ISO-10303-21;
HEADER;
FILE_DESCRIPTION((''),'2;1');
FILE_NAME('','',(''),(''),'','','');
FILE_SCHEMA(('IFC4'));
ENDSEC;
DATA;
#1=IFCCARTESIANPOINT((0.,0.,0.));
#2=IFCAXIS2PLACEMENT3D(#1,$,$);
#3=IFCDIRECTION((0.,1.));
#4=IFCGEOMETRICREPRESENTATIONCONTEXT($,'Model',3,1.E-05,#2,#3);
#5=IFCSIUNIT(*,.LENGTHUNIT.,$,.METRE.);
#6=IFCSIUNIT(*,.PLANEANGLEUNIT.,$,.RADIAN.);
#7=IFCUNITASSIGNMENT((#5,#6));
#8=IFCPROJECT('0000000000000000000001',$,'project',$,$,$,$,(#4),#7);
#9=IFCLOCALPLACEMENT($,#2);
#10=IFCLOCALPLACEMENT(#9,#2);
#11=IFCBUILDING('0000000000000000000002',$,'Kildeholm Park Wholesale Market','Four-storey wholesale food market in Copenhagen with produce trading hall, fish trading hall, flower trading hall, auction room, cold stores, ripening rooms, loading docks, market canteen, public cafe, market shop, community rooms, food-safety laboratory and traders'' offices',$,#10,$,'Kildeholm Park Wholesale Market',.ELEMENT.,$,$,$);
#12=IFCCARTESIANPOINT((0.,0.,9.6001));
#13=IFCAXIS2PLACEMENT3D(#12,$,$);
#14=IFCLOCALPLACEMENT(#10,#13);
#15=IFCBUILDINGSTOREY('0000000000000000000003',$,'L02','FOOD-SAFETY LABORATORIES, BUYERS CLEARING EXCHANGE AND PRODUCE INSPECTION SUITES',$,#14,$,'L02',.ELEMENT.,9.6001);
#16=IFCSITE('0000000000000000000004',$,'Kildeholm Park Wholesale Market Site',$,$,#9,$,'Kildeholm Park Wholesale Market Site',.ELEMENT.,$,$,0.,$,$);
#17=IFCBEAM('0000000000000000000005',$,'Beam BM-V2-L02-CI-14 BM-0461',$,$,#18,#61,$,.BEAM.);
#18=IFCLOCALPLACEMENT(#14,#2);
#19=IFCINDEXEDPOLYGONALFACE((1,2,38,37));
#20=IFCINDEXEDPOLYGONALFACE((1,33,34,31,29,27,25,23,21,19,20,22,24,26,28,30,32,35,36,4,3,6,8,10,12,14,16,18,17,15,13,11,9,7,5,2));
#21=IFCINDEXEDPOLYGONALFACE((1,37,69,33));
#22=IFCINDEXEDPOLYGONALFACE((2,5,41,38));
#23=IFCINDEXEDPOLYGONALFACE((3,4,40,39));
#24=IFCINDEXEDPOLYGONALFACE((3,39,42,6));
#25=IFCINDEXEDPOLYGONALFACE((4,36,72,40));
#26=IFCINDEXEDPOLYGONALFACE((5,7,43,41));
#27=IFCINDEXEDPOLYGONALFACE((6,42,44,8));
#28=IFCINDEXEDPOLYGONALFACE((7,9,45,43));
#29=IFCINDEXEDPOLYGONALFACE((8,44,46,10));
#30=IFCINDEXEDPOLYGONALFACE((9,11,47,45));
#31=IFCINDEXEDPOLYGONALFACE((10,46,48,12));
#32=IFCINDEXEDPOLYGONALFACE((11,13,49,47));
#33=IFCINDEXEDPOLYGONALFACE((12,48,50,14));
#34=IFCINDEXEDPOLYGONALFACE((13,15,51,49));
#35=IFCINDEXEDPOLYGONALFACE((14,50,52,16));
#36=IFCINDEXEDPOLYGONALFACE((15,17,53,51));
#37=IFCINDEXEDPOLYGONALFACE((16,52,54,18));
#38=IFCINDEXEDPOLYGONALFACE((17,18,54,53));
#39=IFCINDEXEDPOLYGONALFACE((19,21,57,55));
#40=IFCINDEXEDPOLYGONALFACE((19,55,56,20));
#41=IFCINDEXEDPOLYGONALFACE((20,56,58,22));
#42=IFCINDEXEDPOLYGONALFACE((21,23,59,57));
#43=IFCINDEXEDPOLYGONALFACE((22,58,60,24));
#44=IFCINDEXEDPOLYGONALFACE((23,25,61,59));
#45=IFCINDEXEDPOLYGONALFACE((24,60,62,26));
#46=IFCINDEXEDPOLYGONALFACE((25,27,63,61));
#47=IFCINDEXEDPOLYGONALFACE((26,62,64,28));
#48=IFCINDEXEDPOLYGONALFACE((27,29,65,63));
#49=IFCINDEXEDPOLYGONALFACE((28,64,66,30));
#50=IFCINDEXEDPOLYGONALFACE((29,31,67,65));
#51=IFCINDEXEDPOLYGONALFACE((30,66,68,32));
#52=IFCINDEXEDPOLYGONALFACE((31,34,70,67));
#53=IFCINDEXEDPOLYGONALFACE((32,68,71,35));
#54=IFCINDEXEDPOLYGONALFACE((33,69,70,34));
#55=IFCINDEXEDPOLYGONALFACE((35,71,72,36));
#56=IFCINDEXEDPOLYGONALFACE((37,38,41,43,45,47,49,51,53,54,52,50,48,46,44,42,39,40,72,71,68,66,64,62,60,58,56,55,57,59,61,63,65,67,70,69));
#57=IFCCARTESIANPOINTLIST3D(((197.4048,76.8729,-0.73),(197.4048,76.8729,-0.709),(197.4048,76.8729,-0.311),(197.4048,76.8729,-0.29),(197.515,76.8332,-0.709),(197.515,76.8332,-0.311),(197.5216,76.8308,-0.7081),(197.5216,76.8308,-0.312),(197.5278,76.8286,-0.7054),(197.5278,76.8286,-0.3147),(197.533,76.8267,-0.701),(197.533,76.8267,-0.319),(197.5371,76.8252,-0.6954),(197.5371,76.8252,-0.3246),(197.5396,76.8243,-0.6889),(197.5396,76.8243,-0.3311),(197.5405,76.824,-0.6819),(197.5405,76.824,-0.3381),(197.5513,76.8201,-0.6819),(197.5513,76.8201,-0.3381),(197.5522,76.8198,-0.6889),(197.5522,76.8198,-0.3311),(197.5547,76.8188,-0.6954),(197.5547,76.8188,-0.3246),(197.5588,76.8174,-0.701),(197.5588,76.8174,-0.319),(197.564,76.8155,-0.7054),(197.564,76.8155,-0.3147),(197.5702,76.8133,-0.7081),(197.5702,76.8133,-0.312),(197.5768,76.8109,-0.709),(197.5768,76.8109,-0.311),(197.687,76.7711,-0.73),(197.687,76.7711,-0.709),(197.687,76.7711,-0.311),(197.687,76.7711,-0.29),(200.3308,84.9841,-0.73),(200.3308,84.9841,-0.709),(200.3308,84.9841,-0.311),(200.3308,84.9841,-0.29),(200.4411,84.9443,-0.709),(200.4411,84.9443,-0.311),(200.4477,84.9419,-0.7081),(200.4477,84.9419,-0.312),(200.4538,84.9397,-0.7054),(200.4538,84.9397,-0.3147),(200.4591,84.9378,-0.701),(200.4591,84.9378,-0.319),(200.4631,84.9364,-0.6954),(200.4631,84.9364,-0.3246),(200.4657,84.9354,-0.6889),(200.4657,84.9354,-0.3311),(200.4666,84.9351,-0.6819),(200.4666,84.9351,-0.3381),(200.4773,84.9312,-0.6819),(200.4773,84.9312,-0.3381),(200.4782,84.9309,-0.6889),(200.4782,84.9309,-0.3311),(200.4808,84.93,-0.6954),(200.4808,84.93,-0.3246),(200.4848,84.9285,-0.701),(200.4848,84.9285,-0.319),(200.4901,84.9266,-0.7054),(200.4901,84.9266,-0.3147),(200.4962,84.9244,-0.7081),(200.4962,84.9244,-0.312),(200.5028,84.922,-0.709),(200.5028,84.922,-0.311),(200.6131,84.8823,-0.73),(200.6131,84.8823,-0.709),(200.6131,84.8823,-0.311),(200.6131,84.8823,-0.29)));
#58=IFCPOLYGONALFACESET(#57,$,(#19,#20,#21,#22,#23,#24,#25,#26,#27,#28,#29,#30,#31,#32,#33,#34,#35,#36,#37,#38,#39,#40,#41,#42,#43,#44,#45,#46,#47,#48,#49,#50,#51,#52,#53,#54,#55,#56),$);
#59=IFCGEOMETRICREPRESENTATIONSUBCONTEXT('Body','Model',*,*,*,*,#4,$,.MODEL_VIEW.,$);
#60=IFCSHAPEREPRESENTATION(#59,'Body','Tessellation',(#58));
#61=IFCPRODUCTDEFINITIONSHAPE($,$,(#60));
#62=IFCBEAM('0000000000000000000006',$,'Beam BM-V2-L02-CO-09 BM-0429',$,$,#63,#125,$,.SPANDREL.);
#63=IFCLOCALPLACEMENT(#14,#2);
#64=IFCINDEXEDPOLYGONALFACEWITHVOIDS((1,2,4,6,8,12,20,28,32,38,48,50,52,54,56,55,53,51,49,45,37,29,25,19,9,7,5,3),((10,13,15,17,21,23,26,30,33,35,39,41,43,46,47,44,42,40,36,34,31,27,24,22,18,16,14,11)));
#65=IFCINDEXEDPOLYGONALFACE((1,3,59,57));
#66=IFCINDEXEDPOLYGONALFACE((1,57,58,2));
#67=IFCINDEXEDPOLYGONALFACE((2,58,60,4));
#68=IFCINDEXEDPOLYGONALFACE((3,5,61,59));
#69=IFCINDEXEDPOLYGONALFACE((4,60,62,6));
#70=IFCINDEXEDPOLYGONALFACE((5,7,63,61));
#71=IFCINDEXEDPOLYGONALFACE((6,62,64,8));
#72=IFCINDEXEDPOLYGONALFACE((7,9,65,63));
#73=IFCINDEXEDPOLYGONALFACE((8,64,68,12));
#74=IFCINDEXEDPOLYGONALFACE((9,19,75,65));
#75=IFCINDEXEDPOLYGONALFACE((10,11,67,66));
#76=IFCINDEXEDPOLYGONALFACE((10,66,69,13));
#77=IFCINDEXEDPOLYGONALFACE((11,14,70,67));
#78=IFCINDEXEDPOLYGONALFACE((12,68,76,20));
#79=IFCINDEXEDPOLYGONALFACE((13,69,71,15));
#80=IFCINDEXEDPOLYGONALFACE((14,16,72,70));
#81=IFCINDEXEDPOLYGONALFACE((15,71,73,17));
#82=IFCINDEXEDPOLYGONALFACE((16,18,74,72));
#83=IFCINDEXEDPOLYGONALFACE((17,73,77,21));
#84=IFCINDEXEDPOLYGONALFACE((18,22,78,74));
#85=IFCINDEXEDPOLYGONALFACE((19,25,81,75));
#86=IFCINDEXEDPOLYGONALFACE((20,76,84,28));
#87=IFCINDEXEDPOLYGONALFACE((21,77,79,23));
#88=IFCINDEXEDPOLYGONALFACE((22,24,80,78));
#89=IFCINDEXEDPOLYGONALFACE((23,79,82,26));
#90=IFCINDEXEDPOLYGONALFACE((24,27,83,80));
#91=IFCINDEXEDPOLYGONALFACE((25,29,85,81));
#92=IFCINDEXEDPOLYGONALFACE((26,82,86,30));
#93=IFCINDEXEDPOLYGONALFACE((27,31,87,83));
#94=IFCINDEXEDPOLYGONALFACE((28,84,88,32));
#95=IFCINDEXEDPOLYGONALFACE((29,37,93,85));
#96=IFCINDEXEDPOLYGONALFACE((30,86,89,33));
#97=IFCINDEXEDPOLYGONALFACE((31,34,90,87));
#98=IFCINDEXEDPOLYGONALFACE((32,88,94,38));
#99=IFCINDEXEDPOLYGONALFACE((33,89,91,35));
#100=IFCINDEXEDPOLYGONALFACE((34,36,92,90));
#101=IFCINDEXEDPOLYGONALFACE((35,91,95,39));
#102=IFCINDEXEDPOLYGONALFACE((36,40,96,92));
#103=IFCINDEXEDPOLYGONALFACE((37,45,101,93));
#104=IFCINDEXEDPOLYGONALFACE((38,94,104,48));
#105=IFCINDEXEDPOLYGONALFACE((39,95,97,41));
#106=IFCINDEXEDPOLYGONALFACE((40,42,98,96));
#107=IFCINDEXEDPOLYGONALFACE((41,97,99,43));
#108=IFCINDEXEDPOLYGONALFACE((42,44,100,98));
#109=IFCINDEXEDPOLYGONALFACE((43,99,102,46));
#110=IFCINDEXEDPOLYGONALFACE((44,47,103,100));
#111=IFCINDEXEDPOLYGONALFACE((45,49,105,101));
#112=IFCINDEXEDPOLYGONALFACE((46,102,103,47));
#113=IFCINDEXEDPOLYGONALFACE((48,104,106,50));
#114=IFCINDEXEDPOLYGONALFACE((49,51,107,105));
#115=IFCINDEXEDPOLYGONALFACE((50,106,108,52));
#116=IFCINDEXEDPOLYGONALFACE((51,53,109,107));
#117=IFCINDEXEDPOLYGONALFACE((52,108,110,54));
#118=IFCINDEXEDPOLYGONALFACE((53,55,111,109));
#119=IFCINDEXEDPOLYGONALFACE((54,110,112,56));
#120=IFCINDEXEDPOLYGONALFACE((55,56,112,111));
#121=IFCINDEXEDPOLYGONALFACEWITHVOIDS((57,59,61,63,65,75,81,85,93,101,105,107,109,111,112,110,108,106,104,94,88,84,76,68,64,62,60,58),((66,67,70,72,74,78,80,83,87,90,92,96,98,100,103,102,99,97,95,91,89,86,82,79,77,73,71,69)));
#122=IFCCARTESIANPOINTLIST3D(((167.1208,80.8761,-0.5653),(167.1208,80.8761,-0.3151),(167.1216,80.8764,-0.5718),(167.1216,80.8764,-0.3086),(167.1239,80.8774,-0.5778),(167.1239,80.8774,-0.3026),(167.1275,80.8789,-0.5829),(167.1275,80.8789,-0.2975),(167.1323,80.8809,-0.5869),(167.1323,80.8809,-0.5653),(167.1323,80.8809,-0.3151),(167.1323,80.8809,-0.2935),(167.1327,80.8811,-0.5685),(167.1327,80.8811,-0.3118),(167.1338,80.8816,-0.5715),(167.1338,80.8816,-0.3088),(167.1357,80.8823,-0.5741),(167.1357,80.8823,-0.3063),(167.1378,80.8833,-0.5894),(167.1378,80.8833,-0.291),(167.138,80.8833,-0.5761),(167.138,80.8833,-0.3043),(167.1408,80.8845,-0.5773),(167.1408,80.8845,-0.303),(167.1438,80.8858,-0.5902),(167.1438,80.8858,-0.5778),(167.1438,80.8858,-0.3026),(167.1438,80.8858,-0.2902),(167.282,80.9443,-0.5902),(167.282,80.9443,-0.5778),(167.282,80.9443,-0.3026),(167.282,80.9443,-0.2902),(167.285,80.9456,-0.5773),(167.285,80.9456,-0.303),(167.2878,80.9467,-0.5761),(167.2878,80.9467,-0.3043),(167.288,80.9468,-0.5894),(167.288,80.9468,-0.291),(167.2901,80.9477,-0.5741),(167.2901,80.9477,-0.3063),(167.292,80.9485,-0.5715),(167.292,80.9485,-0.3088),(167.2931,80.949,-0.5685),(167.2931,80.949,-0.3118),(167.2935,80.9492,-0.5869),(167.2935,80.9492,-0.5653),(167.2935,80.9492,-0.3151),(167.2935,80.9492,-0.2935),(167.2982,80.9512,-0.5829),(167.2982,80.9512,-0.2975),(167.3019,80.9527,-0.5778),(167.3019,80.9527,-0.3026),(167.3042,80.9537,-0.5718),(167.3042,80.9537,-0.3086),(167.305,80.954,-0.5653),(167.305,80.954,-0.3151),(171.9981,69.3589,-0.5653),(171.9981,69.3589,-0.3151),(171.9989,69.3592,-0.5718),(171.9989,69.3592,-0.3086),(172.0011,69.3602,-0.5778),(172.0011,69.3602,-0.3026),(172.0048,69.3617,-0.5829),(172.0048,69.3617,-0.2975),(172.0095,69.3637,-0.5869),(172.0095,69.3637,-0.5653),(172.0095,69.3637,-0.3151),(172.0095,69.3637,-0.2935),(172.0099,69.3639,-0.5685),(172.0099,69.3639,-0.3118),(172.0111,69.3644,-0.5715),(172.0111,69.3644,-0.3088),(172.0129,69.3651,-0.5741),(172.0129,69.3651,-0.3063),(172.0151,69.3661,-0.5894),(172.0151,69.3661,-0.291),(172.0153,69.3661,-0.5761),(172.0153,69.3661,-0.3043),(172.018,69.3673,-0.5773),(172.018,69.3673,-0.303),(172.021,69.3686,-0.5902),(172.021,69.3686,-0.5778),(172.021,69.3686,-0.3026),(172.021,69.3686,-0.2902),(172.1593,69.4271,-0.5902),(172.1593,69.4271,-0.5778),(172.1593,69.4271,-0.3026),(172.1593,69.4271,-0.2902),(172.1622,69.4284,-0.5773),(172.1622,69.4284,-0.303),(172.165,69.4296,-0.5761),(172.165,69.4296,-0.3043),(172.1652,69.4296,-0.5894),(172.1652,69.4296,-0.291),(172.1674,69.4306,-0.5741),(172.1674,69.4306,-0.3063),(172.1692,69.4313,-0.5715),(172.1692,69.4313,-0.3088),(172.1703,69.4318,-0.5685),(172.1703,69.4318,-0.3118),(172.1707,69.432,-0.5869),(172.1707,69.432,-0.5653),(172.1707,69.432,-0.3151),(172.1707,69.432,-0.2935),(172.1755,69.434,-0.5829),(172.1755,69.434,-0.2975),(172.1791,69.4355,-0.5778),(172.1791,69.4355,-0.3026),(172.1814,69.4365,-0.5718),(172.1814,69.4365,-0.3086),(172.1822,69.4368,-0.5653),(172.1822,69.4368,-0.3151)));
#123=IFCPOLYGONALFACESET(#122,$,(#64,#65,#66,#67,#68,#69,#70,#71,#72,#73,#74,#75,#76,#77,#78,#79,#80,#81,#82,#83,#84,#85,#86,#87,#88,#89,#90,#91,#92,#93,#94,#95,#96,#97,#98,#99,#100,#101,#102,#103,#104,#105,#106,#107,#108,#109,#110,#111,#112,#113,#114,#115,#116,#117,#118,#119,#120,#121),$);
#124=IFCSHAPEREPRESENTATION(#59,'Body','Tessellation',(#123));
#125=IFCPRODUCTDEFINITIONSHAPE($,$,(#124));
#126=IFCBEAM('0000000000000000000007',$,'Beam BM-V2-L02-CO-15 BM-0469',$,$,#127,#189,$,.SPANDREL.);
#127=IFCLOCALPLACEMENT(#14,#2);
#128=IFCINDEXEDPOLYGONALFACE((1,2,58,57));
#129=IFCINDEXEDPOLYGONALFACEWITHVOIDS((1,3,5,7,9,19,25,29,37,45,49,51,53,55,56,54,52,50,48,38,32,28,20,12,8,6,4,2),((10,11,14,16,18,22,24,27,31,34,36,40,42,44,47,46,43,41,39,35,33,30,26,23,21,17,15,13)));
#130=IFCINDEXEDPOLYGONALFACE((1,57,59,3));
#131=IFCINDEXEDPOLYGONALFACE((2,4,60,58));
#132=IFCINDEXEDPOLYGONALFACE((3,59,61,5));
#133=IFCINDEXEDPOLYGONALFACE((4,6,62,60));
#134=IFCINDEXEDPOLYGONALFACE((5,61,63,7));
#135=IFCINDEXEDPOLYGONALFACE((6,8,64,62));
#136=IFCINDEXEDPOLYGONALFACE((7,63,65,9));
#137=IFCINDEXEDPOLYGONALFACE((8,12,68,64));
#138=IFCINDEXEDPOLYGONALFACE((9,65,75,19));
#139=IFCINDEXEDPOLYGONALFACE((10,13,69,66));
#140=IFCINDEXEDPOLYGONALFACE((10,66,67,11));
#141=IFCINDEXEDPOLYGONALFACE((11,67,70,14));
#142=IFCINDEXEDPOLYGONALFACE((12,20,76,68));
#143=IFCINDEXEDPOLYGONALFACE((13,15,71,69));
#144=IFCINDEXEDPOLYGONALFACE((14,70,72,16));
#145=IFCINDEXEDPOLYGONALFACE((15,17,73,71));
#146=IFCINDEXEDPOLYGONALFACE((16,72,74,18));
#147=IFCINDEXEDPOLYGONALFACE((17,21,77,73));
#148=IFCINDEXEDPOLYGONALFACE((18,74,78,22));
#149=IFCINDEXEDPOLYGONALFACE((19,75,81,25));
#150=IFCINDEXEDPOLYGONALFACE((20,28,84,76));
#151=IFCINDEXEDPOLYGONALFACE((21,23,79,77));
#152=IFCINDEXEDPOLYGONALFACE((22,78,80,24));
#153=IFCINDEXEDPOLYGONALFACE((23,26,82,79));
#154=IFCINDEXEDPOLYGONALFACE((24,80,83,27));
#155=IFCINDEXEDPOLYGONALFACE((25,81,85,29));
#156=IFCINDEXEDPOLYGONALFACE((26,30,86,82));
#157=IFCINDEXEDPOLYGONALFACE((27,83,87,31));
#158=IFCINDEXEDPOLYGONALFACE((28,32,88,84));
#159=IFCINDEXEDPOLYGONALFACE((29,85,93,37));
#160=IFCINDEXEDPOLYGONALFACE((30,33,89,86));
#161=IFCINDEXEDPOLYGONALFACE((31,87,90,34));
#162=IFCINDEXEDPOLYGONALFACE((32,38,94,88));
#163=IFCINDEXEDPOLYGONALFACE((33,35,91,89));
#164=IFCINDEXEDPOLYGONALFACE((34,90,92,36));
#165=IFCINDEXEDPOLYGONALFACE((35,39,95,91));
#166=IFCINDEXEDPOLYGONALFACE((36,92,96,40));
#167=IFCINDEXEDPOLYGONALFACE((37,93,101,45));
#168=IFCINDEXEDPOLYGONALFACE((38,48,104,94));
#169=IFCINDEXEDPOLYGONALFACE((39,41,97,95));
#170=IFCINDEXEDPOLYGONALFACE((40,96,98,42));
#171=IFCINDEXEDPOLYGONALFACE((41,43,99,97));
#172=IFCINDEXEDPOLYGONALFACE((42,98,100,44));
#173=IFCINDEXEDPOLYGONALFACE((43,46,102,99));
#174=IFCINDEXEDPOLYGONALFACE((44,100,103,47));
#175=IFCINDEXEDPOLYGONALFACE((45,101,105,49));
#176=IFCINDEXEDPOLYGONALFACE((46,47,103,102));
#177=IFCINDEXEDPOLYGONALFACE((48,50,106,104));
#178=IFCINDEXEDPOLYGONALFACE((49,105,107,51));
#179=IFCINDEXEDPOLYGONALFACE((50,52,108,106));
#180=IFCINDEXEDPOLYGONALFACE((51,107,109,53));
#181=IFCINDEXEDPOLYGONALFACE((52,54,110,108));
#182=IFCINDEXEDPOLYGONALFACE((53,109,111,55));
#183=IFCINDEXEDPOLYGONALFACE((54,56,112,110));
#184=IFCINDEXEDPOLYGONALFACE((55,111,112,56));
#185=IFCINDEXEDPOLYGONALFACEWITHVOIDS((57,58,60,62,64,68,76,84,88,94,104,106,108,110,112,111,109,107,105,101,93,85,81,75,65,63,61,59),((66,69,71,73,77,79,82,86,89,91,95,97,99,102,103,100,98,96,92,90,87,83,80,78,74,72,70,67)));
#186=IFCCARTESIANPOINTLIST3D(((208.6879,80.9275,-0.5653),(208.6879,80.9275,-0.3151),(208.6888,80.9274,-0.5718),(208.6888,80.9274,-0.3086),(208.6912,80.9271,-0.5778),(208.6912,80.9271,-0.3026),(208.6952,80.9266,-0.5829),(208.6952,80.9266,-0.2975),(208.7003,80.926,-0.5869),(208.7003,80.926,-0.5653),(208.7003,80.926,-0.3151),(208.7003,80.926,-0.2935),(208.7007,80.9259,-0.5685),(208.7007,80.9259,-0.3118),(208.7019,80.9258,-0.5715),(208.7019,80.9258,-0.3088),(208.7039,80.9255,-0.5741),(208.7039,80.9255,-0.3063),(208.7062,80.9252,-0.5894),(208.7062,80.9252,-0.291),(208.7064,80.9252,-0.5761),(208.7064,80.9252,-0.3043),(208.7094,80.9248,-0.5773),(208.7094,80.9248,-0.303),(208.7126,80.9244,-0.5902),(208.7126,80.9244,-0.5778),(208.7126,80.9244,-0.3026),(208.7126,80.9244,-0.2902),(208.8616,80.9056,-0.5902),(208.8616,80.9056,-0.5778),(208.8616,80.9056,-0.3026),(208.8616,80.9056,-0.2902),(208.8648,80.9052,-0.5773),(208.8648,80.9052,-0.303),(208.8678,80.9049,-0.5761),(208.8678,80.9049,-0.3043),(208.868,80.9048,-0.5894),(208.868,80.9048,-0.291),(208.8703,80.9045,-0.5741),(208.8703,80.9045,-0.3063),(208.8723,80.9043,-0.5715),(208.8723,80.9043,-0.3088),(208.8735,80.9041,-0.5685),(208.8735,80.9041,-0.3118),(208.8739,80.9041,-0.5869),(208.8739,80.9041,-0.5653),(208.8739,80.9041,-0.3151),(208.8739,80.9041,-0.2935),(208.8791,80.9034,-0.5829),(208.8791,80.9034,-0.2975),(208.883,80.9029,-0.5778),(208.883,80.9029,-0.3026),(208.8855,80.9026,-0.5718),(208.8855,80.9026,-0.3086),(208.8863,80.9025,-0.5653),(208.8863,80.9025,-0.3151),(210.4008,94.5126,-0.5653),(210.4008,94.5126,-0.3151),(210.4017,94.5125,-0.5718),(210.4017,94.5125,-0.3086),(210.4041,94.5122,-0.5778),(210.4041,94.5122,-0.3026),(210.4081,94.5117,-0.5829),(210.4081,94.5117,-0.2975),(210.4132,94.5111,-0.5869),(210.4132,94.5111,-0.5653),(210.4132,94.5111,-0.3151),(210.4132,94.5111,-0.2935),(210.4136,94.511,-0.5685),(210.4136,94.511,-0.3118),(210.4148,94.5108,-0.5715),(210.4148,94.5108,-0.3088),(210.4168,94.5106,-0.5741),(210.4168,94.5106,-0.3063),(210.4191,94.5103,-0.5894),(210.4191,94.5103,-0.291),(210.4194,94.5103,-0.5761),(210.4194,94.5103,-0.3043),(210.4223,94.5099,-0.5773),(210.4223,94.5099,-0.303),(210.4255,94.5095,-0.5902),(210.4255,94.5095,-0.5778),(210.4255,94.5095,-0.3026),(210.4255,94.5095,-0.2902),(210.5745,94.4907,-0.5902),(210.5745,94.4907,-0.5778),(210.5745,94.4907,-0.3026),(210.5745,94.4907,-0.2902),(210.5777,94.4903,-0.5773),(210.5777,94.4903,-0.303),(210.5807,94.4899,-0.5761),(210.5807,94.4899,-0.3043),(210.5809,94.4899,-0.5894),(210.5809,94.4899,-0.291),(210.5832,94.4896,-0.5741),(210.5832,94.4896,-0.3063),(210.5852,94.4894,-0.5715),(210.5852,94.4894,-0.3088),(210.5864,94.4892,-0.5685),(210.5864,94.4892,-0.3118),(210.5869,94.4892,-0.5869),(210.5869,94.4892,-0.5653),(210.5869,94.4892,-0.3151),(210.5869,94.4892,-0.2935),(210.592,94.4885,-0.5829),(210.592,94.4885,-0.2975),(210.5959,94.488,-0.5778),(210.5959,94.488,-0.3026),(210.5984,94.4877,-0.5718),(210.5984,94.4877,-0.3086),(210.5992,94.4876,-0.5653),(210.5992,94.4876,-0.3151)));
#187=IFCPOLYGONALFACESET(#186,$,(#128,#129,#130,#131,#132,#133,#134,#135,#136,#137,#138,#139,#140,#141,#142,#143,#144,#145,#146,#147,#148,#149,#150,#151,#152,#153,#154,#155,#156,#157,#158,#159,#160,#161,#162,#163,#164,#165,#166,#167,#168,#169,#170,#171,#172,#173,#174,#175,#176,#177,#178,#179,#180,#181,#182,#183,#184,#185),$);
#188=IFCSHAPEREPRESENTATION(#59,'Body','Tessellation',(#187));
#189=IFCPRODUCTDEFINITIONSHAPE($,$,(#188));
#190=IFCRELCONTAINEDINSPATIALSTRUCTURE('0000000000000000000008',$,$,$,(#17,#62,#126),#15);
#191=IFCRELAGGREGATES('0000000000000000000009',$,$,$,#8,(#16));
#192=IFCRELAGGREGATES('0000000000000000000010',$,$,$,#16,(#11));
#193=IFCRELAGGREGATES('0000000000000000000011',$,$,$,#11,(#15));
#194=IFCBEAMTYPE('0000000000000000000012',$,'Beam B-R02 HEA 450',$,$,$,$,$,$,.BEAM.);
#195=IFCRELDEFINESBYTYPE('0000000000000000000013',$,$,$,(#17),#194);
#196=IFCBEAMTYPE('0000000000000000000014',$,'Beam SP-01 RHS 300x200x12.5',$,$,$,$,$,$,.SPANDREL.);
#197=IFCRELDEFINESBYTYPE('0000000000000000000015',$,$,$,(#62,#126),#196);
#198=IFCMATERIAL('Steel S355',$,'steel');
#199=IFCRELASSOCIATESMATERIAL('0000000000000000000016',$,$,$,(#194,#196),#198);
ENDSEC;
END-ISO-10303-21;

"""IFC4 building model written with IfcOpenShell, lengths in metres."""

from ifc_helpers import new_model, si_unit, direction, frame, origin, origin_2d, place, context, subcontext, project, spatial, hollow_rectangle, i_section, extrude, material, material_profile, profile_set, type_object, element, save


model = new_model("IFC4")

# Units and contexts
model_context = context("Model", 3, precision=1e-05, world=origin(), true_north=direction((0.0, 1.0)))
body_context = subcontext(model_context, "Body", "Model", "MODEL_VIEW")
ifc_project = project(units=[si_unit("LENGTHUNIT", "METRE"), si_unit("PLANEANGLEUNIT", "RADIAN")], contexts=[model_context])

# Site, building, storey
site_placement = place(None, origin())
site = spatial("IfcSite", under=ifc_project, at=site_placement, Name="Kildeholm Park Wholesale Market Site", LongName="Kildeholm Park Wholesale Market Site", CompositionType="ELEMENT", RefElevation=0.0)
building_placement = place(site_placement, origin())
building = spatial("IfcBuilding", under=site, at=building_placement, Name="Kildeholm Park Wholesale Market", Description="Four-storey wholesale food market in Copenhagen with produce trading hall, fish trading hall, flower trading hall, auction room, cold stores, ripening rooms, loading docks, market canteen, public cafe, market shop, community rooms, food-safety laboratory and traders' offices", LongName="Kildeholm Park Wholesale Market", CompositionType="ELEMENT")
storey_placement = place(building_placement, frame((0.0, 0.0, 9.6001)))
storey = spatial("IfcBuildingStorey", under=building, at=storey_placement, Name="L02", Description="FOOD-SAFETY LABORATORIES, BUYERS CLEARING EXCHANGE AND PRODUCE INSPECTION SUITES", LongName="L02", CompositionType="ELEMENT", Elevation=9.6001)

# Shared definitions
ifc_material_1 = material(Name="Steel S355", Category="steel")

# Beams
ifc_material_profile_1 = material_profile(ifc_material_1, i_section(OverallWidth=0.3, OverallDepth=0.4399, WebThickness=0.0115, FlangeThickness=0.021, FilletRadius=0.0271, at=origin_2d()), Name="HEA 450")
ifc_profile_set_1 = profile_set([ifc_material_profile_1], Name="Steel S355")
beam_type_1 = type_object("IfcBeamType", Name="Beam B-R02 HEA 450", PredefinedType="BEAM", material=ifc_profile_set_1)
beam_1_placement = place(storey_placement, frame((197.5459, 76.822, -0.51), z_axis=(0.339339, 0.940664, 0.0), x_axis=(-0.940664, 0.339339, 0.0)))
element("IfcBeam", 1, at=beam_1_placement, inside=storey, type_object=beam_type_1, Name="Beam BM-V2-L02-CI-14 BM-0461", PredefinedType="BEAM", context=body_context, shape_type="SweptSolid", body=[
    extrude(i_section(OverallWidth=0.3, OverallDepth=0.4399, WebThickness=0.0115, FlangeThickness=0.021, FilletRadius=0.0271, at=origin_2d()), origin(), (0.0, 0.0, 1.0), 8.6228),
])
ifc_material_profile_2 = material_profile(ifc_material_1, hollow_rectangle(XDim=0.2, YDim=0.3, WallThickness=0.0125, InnerFilletRadius=0.0125, OuterFilletRadius=0.0249, at=origin_2d()), Name="RHS 300x200x12.5")
ifc_profile_set_2 = profile_set([ifc_material_profile_2], Name="Steel S355")
beam_type_2 = type_object("IfcBeamType", Name="Beam SP-01 RHS 300x200x12.5", PredefinedType="SPANDREL", material=ifc_profile_set_2)
beam_2_placement = place(storey_placement, frame((167.2129, 80.915, -0.4402), z_axis=(0.389951, -0.920836, 0.0), x_axis=(0.920836, 0.389951, 0.0)))
element("IfcBeam", 2, at=beam_2_placement, inside=storey, type_object=beam_type_2, Name="Beam BM-V2-L02-CO-09 BM-0429", PredefinedType="SPANDREL", context=body_context, shape_type="SweptSolid", body=[
    extrude(hollow_rectangle(XDim=0.2, YDim=0.3, WallThickness=0.0125, InnerFilletRadius=0.0125, OuterFilletRadius=0.0249, at=origin_2d()), origin(), (0.0, 0.0, 1.0), 12.5073),
])
beam_3_placement = place(storey_placement, frame((208.7871, 80.915, -0.4402), z_axis=(0.125097, 0.992145, 0.0), x_axis=(-0.992145, 0.125097, 0.0)))
element("IfcBeam", 3, at=beam_3_placement, inside=storey, type_object=beam_type_2, Name="Beam BM-V2-L02-CO-15 BM-0469", PredefinedType="SPANDREL", context=body_context, shape_type="SweptSolid", body=[
    extrude(hollow_rectangle(XDim=0.2, YDim=0.3, WallThickness=0.0125, InnerFilletRadius=0.0125, OuterFilletRadius=0.0249, at=origin_2d()), origin(), (0.0, 0.0, 1.0), 13.6926),
])

save(model, "model.ifc")
